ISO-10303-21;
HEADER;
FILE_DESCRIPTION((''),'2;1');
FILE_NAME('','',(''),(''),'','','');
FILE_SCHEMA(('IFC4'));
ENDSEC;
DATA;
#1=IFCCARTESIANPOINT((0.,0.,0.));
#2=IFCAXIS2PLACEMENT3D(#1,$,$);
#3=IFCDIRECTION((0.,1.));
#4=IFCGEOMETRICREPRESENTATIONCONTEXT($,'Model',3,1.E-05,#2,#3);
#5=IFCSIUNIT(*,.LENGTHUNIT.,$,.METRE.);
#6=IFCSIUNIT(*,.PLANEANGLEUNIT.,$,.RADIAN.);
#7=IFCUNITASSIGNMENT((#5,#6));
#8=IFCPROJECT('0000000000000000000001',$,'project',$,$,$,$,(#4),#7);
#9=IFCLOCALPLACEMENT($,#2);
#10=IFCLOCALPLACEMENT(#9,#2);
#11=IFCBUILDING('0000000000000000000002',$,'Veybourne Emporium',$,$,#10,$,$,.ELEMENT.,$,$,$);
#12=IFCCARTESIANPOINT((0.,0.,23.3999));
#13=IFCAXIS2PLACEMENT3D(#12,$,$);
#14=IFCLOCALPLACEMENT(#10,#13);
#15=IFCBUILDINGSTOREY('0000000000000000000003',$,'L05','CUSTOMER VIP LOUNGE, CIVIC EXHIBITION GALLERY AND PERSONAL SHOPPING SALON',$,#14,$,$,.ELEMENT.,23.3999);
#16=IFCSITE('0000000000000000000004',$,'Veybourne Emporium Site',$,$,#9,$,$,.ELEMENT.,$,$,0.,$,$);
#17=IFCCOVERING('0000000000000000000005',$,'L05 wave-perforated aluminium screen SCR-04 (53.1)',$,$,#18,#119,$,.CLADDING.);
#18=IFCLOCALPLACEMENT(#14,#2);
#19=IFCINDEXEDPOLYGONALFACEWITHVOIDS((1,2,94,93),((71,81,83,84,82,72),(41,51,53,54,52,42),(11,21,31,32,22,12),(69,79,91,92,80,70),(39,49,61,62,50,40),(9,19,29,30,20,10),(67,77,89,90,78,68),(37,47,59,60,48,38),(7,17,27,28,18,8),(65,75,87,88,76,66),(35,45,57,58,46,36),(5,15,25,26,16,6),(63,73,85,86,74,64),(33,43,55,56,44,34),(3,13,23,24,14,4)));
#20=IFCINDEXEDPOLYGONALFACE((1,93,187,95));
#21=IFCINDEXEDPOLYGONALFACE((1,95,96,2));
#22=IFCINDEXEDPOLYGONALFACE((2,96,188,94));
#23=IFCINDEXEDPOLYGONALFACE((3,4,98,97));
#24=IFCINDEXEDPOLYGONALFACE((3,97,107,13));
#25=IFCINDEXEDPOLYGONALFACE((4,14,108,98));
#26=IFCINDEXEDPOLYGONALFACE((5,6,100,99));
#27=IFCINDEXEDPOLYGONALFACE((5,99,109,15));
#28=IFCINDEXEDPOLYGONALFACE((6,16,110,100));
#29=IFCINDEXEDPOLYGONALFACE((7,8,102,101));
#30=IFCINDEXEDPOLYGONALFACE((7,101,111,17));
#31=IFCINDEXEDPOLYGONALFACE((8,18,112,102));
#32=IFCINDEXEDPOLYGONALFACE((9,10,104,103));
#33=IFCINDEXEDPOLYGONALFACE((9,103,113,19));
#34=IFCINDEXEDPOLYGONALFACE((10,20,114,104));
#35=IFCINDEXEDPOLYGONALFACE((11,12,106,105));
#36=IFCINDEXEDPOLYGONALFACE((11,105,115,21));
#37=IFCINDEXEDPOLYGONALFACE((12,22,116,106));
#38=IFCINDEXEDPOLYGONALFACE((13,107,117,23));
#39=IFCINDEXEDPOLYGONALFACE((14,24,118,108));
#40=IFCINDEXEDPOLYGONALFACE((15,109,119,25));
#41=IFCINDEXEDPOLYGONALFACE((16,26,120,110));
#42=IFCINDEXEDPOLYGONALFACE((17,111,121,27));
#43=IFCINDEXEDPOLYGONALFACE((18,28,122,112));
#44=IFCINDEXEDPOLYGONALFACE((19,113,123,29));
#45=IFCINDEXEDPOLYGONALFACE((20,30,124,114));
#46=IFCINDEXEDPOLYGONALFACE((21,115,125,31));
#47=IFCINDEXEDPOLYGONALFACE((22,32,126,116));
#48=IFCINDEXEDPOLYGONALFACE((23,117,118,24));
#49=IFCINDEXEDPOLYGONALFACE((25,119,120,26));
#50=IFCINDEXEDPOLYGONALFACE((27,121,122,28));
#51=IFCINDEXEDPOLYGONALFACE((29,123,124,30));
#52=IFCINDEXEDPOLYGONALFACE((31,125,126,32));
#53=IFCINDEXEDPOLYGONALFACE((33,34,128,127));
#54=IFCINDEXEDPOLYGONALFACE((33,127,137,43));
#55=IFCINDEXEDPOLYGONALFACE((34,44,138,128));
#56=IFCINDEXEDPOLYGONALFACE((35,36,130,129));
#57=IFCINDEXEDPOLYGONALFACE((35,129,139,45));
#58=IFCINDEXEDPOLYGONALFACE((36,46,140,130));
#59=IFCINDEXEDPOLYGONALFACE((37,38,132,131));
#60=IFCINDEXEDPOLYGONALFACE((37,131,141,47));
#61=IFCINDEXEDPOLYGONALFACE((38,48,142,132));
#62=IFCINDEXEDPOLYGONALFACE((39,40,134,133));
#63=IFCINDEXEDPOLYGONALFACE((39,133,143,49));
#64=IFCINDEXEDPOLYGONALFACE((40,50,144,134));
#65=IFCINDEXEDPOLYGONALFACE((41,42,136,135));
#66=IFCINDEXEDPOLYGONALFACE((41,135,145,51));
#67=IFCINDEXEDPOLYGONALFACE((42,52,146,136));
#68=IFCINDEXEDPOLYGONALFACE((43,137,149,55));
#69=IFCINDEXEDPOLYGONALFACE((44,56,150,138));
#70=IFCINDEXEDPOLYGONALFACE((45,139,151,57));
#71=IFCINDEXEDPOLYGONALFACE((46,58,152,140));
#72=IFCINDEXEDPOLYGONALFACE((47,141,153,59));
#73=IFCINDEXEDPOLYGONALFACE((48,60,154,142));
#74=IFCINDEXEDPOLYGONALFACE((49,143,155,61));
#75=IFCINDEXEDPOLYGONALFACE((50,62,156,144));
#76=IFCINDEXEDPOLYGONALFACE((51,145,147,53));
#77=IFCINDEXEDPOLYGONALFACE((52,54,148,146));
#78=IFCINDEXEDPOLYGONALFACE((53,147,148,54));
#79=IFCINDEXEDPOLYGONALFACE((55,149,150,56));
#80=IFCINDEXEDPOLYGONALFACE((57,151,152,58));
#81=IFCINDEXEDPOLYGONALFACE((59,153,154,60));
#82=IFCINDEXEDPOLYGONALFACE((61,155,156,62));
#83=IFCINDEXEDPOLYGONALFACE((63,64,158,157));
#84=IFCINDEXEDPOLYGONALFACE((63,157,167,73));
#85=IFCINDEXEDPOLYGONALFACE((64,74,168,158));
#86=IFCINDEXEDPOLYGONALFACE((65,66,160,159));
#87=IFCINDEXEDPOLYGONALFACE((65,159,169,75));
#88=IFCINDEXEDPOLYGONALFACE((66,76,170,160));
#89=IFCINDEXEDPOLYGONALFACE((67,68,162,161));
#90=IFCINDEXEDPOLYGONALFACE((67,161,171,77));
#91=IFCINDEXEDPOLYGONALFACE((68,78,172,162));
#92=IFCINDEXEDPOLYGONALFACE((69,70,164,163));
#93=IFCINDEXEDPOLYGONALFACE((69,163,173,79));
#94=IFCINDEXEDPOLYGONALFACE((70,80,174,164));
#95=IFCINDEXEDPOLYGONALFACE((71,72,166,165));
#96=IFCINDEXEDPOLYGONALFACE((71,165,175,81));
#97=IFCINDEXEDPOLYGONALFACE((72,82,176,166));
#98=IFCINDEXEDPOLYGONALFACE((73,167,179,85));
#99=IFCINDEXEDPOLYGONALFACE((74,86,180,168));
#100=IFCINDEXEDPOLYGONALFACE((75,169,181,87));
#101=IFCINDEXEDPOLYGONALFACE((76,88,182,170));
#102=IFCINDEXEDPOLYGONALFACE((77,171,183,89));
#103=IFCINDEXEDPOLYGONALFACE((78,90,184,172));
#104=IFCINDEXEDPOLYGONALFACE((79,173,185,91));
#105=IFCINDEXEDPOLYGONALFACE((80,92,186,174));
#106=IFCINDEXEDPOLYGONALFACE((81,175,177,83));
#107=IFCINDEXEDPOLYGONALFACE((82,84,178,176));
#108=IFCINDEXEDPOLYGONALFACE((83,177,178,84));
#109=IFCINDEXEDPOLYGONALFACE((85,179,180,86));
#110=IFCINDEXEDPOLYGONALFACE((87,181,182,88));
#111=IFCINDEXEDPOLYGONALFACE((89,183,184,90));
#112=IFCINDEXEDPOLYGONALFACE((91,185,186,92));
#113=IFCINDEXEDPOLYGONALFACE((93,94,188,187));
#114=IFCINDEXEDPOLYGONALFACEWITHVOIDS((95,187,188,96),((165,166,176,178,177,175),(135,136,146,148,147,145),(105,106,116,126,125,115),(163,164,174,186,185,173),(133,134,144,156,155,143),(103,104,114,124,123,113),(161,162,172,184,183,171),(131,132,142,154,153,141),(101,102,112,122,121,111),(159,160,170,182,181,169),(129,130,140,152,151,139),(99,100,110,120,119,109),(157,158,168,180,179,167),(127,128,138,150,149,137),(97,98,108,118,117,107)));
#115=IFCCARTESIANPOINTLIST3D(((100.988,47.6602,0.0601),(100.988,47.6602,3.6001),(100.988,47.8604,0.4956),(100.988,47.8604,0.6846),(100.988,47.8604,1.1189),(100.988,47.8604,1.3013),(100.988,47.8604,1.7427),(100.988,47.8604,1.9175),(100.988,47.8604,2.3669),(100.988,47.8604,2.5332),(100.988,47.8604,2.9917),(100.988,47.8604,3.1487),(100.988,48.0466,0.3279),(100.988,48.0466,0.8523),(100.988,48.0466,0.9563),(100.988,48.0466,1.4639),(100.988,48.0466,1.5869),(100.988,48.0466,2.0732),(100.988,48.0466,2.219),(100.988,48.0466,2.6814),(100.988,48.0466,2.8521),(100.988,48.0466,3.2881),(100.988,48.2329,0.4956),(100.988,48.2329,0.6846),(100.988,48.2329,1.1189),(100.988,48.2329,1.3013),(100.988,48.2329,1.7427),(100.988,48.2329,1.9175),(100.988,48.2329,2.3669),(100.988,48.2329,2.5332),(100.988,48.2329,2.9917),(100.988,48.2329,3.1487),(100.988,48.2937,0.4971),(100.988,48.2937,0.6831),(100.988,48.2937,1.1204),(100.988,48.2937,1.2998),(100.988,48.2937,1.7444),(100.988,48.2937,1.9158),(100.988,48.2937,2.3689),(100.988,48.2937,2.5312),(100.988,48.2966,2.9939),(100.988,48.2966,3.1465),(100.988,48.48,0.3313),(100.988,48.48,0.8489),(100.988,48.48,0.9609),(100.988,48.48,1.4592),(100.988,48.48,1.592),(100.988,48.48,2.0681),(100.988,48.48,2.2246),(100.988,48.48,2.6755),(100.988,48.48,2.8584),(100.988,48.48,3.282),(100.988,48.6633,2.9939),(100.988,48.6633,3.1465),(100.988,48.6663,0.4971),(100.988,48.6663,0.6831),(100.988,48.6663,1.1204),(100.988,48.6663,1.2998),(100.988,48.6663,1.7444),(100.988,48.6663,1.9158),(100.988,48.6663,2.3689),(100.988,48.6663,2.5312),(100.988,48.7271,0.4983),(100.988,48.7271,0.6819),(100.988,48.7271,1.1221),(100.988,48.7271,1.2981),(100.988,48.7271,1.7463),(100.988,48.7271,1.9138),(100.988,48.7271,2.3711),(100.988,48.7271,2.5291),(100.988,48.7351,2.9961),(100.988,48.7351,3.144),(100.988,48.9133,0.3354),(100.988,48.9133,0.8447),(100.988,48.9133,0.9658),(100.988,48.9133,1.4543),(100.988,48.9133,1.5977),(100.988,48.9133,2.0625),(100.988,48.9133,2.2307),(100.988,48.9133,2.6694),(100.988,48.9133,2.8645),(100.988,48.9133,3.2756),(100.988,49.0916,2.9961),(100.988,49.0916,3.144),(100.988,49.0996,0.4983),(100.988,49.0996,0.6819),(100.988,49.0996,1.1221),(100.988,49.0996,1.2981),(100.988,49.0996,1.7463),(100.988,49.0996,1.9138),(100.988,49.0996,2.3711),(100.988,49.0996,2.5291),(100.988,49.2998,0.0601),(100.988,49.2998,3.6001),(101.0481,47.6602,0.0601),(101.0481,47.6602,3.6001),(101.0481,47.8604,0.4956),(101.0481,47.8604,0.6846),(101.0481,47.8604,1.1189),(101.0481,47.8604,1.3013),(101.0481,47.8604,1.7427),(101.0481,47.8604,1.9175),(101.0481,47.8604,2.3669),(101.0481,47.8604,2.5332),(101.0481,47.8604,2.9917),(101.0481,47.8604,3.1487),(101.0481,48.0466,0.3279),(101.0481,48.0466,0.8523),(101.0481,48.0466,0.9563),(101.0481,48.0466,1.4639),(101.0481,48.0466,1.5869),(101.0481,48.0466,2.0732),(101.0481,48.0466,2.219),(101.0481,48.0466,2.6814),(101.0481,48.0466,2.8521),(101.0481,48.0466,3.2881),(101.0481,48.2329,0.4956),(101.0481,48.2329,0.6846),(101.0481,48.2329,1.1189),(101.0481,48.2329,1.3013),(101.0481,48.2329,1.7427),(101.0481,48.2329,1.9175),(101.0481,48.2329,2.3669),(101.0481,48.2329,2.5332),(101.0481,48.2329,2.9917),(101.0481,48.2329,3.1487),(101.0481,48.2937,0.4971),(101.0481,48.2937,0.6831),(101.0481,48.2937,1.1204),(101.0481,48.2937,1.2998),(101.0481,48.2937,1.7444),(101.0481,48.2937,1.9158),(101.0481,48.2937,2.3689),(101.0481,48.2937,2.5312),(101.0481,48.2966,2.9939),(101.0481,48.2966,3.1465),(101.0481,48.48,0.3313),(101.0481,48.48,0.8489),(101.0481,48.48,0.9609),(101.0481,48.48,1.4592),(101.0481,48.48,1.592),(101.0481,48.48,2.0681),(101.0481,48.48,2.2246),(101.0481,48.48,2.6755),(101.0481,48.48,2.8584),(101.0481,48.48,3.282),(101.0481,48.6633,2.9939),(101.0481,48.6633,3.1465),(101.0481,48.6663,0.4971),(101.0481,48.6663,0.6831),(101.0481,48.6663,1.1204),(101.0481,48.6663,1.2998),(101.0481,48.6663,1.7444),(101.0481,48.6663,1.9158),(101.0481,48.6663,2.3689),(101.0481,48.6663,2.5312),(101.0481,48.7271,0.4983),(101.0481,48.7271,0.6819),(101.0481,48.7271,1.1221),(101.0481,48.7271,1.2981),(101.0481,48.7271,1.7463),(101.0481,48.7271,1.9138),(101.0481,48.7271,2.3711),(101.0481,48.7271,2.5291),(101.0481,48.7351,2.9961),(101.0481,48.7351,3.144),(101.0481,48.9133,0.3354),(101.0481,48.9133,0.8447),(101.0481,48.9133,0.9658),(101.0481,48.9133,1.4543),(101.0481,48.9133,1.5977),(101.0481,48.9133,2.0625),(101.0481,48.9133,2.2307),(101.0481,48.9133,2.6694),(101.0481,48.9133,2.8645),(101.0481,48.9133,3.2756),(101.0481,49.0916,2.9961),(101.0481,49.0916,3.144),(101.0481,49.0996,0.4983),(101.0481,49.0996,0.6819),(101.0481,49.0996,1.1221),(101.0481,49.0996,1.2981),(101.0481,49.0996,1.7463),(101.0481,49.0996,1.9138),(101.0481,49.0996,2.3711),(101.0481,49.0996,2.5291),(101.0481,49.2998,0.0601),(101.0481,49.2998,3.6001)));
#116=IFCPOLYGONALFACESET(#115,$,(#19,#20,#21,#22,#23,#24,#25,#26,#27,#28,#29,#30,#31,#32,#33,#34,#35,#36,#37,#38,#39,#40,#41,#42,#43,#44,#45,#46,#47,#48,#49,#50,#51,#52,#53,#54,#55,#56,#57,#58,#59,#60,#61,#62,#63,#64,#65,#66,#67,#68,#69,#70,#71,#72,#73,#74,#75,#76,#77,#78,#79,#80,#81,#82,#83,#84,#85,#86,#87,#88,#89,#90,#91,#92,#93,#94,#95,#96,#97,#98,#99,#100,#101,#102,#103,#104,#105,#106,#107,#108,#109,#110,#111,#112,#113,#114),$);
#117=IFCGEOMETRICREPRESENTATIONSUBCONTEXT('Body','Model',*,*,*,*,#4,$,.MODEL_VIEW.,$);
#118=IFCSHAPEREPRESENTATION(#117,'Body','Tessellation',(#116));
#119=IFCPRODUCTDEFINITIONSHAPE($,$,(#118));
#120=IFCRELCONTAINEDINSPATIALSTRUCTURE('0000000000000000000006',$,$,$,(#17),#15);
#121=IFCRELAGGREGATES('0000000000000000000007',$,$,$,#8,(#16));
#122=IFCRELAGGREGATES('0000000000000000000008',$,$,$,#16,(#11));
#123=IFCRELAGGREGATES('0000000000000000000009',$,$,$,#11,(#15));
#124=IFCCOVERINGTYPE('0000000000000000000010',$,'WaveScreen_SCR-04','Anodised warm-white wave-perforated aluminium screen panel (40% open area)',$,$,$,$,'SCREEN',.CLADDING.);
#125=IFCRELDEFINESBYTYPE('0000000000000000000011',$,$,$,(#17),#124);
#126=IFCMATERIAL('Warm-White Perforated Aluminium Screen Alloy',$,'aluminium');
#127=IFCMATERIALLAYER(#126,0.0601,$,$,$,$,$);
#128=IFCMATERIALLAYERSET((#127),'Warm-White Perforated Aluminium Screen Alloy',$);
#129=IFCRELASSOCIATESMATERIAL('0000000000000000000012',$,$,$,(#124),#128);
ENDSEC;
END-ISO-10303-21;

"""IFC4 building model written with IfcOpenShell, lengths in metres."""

from ifc_helpers import new_model, si_unit, direction, frame, origin, place, context, subcontext, project, spatial, polyline, outline, extrude, material, layer, layer_set, type_object, element, save


model = new_model("IFC4")

# Units and contexts
model_context = context("Model", 3, precision=1e-05, world=origin(), true_north=direction((0.0, 1.0)))
body_context = subcontext(model_context, "Body", "Model", "MODEL_VIEW")
ifc_project = project(units=[si_unit("LENGTHUNIT", "METRE"), si_unit("PLANEANGLEUNIT", "RADIAN")], contexts=[model_context])

# Site, building, storey
site_placement = place(None, origin())
site = spatial("IfcSite", under=ifc_project, at=site_placement, Name="Veybourne Emporium Site", CompositionType="ELEMENT", RefElevation=0.0)
building_placement = place(site_placement, origin())
building = spatial("IfcBuilding", under=site, at=building_placement, Name="Veybourne Emporium", CompositionType="ELEMENT")
storey_placement = place(building_placement, frame((0.0, 0.0, 23.3999)))
storey = spatial("IfcBuildingStorey", under=building, at=storey_placement, Name="L05", Description="CUSTOMER VIP LOUNGE, CIVIC EXHIBITION GALLERY AND PERSONAL SHOPPING SALON", CompositionType="ELEMENT", Elevation=23.3999)

# Covering
ifc_material_1 = material(Name="Warm-White Perforated Aluminium Screen Alloy", Category="aluminium")
ifc_layer_1 = layer(ifc_material_1, 0.0601)
ifc_layer_set_1 = layer_set([ifc_layer_1], Name="Warm-White Perforated Aluminium Screen Alloy")
covering_type_1 = type_object("IfcCoveringType", Name="WaveScreen_SCR-04", Description="Anodised warm-white wave-perforated aluminium screen panel (40% open area)", ElementType="SCREEN", PredefinedType="CLADDING", material=ifc_layer_set_1)
covering_1_placement = place(storey_placement, frame((101.0481, 48.48, 1.8301), z_axis=(-1.0, 0.0, 0.0), x_axis=(0.0, -1.0, 0.0)))
element("IfcCovering", 1, at=covering_1_placement, inside=storey, type_object=covering_type_1, Name="L05 wave-perforated aluminium screen SCR-04 (53.1)", PredefinedType="CLADDING", context=body_context, shape_type="SweptSolid", body=[
    extrude(outline(polyline([(-0.8198, -1.77), (0.8198, -1.77), (0.8198, 1.77), (-0.8198, 1.77), (-0.8198, -1.77)]), holes=[polyline([(-0.4333, -0.9854), (-0.2471, -1.1482), (-0.2471, -1.3318), (-0.4333, -1.4946), (-0.6196, -1.3318), (-0.6196, -1.1482), (-0.4333, -0.9854)]), polyline([(-0.4333, -0.3757), (-0.2471, -0.532), (-0.2471, -0.708), (-0.4333, -0.8643), (-0.6196, -0.708), (-0.6196, -0.532), (-0.4333, -0.3757)]), polyline([(-0.4333, 0.2324), (-0.2471, 0.0837), (-0.2471, -0.0837), (-0.4333, -0.2324), (-0.6196, -0.0837), (-0.6196, 0.0837), (-0.4333, 0.2324)]), polyline([(-0.4333, 0.8394), (-0.2471, 0.699), (-0.2471, 0.541), (-0.4333, 0.4006), (-0.6196, 0.541), (-0.6196, 0.699), (-0.4333, 0.8394)]), polyline([(-0.4333, 1.4456), (-0.2551, 1.314), (-0.2551, 1.166), (-0.4333, 1.0344), (-0.6116, 1.166), (-0.6116, 1.314), (-0.4333, 1.4456)]), polyline([(0.0, -0.9812), (0.1863, -1.147), (0.1863, -1.333), (0.0, -1.4988), (-0.1863, -1.333), (-0.1863, -1.147), (0.0, -0.9812)]), polyline([(0.0, -0.3708), (0.1863, -0.5303), (0.1863, -0.7097), (0.0, -0.8691), (-0.1863, -0.7097), (-0.1863, -0.5303), (0.0, -0.3708)]), polyline([(0.0, 0.238), (0.1863, 0.0857), (0.1863, -0.0857), (0.0, -0.238), (-0.1863, -0.0857), (-0.1863, 0.0857), (0.0, 0.238)]), polyline([(0.0, 0.8455), (0.1863, 0.7012), (0.1863, 0.5388), (0.0, 0.3945), (-0.1863, 0.5388), (-0.1863, 0.7012), (0.0, 0.8455)]), polyline([(0.0, 1.4519), (0.1833, 1.3164), (0.1833, 1.1638), (0.0, 1.0283), (-0.1833, 1.1638), (-0.1833, 1.3164), (0.0, 1.4519)]), polyline([(0.4333, -0.9778), (0.6196, -1.1455), (0.6196, -1.3345), (0.4333, -1.5022), (0.2471, -1.3345), (0.2471, -1.1455), (0.4333, -0.9778)]), polyline([(0.4333, -0.3662), (0.6196, -0.5288), (0.6196, -0.7112), (0.4333, -0.8738), (0.2471, -0.7112), (0.2471, -0.5288), (0.4333, -0.3662)]), polyline([(0.4333, 0.2432), (0.6196, 0.0874), (0.6196, -0.0874), (0.4333, -0.2432), (0.2471, -0.0874), (0.2471, 0.0874), (0.4333, 0.2432)]), polyline([(0.4333, 0.8513), (0.6196, 0.7031), (0.6196, 0.5369), (0.4333, 0.3889), (0.2471, 0.5369), (0.2471, 0.7031), (0.4333, 0.8513)]), polyline([(0.4333, 1.458), (0.6196, 1.3186), (0.6196, 1.1616), (0.4333, 1.022), (0.2471, 1.1616), (0.2471, 1.3186), (0.4333, 1.458)])]), origin(), (0.0, 0.0, 1.0), 0.0601),
])

save(model, "model.ifc")
